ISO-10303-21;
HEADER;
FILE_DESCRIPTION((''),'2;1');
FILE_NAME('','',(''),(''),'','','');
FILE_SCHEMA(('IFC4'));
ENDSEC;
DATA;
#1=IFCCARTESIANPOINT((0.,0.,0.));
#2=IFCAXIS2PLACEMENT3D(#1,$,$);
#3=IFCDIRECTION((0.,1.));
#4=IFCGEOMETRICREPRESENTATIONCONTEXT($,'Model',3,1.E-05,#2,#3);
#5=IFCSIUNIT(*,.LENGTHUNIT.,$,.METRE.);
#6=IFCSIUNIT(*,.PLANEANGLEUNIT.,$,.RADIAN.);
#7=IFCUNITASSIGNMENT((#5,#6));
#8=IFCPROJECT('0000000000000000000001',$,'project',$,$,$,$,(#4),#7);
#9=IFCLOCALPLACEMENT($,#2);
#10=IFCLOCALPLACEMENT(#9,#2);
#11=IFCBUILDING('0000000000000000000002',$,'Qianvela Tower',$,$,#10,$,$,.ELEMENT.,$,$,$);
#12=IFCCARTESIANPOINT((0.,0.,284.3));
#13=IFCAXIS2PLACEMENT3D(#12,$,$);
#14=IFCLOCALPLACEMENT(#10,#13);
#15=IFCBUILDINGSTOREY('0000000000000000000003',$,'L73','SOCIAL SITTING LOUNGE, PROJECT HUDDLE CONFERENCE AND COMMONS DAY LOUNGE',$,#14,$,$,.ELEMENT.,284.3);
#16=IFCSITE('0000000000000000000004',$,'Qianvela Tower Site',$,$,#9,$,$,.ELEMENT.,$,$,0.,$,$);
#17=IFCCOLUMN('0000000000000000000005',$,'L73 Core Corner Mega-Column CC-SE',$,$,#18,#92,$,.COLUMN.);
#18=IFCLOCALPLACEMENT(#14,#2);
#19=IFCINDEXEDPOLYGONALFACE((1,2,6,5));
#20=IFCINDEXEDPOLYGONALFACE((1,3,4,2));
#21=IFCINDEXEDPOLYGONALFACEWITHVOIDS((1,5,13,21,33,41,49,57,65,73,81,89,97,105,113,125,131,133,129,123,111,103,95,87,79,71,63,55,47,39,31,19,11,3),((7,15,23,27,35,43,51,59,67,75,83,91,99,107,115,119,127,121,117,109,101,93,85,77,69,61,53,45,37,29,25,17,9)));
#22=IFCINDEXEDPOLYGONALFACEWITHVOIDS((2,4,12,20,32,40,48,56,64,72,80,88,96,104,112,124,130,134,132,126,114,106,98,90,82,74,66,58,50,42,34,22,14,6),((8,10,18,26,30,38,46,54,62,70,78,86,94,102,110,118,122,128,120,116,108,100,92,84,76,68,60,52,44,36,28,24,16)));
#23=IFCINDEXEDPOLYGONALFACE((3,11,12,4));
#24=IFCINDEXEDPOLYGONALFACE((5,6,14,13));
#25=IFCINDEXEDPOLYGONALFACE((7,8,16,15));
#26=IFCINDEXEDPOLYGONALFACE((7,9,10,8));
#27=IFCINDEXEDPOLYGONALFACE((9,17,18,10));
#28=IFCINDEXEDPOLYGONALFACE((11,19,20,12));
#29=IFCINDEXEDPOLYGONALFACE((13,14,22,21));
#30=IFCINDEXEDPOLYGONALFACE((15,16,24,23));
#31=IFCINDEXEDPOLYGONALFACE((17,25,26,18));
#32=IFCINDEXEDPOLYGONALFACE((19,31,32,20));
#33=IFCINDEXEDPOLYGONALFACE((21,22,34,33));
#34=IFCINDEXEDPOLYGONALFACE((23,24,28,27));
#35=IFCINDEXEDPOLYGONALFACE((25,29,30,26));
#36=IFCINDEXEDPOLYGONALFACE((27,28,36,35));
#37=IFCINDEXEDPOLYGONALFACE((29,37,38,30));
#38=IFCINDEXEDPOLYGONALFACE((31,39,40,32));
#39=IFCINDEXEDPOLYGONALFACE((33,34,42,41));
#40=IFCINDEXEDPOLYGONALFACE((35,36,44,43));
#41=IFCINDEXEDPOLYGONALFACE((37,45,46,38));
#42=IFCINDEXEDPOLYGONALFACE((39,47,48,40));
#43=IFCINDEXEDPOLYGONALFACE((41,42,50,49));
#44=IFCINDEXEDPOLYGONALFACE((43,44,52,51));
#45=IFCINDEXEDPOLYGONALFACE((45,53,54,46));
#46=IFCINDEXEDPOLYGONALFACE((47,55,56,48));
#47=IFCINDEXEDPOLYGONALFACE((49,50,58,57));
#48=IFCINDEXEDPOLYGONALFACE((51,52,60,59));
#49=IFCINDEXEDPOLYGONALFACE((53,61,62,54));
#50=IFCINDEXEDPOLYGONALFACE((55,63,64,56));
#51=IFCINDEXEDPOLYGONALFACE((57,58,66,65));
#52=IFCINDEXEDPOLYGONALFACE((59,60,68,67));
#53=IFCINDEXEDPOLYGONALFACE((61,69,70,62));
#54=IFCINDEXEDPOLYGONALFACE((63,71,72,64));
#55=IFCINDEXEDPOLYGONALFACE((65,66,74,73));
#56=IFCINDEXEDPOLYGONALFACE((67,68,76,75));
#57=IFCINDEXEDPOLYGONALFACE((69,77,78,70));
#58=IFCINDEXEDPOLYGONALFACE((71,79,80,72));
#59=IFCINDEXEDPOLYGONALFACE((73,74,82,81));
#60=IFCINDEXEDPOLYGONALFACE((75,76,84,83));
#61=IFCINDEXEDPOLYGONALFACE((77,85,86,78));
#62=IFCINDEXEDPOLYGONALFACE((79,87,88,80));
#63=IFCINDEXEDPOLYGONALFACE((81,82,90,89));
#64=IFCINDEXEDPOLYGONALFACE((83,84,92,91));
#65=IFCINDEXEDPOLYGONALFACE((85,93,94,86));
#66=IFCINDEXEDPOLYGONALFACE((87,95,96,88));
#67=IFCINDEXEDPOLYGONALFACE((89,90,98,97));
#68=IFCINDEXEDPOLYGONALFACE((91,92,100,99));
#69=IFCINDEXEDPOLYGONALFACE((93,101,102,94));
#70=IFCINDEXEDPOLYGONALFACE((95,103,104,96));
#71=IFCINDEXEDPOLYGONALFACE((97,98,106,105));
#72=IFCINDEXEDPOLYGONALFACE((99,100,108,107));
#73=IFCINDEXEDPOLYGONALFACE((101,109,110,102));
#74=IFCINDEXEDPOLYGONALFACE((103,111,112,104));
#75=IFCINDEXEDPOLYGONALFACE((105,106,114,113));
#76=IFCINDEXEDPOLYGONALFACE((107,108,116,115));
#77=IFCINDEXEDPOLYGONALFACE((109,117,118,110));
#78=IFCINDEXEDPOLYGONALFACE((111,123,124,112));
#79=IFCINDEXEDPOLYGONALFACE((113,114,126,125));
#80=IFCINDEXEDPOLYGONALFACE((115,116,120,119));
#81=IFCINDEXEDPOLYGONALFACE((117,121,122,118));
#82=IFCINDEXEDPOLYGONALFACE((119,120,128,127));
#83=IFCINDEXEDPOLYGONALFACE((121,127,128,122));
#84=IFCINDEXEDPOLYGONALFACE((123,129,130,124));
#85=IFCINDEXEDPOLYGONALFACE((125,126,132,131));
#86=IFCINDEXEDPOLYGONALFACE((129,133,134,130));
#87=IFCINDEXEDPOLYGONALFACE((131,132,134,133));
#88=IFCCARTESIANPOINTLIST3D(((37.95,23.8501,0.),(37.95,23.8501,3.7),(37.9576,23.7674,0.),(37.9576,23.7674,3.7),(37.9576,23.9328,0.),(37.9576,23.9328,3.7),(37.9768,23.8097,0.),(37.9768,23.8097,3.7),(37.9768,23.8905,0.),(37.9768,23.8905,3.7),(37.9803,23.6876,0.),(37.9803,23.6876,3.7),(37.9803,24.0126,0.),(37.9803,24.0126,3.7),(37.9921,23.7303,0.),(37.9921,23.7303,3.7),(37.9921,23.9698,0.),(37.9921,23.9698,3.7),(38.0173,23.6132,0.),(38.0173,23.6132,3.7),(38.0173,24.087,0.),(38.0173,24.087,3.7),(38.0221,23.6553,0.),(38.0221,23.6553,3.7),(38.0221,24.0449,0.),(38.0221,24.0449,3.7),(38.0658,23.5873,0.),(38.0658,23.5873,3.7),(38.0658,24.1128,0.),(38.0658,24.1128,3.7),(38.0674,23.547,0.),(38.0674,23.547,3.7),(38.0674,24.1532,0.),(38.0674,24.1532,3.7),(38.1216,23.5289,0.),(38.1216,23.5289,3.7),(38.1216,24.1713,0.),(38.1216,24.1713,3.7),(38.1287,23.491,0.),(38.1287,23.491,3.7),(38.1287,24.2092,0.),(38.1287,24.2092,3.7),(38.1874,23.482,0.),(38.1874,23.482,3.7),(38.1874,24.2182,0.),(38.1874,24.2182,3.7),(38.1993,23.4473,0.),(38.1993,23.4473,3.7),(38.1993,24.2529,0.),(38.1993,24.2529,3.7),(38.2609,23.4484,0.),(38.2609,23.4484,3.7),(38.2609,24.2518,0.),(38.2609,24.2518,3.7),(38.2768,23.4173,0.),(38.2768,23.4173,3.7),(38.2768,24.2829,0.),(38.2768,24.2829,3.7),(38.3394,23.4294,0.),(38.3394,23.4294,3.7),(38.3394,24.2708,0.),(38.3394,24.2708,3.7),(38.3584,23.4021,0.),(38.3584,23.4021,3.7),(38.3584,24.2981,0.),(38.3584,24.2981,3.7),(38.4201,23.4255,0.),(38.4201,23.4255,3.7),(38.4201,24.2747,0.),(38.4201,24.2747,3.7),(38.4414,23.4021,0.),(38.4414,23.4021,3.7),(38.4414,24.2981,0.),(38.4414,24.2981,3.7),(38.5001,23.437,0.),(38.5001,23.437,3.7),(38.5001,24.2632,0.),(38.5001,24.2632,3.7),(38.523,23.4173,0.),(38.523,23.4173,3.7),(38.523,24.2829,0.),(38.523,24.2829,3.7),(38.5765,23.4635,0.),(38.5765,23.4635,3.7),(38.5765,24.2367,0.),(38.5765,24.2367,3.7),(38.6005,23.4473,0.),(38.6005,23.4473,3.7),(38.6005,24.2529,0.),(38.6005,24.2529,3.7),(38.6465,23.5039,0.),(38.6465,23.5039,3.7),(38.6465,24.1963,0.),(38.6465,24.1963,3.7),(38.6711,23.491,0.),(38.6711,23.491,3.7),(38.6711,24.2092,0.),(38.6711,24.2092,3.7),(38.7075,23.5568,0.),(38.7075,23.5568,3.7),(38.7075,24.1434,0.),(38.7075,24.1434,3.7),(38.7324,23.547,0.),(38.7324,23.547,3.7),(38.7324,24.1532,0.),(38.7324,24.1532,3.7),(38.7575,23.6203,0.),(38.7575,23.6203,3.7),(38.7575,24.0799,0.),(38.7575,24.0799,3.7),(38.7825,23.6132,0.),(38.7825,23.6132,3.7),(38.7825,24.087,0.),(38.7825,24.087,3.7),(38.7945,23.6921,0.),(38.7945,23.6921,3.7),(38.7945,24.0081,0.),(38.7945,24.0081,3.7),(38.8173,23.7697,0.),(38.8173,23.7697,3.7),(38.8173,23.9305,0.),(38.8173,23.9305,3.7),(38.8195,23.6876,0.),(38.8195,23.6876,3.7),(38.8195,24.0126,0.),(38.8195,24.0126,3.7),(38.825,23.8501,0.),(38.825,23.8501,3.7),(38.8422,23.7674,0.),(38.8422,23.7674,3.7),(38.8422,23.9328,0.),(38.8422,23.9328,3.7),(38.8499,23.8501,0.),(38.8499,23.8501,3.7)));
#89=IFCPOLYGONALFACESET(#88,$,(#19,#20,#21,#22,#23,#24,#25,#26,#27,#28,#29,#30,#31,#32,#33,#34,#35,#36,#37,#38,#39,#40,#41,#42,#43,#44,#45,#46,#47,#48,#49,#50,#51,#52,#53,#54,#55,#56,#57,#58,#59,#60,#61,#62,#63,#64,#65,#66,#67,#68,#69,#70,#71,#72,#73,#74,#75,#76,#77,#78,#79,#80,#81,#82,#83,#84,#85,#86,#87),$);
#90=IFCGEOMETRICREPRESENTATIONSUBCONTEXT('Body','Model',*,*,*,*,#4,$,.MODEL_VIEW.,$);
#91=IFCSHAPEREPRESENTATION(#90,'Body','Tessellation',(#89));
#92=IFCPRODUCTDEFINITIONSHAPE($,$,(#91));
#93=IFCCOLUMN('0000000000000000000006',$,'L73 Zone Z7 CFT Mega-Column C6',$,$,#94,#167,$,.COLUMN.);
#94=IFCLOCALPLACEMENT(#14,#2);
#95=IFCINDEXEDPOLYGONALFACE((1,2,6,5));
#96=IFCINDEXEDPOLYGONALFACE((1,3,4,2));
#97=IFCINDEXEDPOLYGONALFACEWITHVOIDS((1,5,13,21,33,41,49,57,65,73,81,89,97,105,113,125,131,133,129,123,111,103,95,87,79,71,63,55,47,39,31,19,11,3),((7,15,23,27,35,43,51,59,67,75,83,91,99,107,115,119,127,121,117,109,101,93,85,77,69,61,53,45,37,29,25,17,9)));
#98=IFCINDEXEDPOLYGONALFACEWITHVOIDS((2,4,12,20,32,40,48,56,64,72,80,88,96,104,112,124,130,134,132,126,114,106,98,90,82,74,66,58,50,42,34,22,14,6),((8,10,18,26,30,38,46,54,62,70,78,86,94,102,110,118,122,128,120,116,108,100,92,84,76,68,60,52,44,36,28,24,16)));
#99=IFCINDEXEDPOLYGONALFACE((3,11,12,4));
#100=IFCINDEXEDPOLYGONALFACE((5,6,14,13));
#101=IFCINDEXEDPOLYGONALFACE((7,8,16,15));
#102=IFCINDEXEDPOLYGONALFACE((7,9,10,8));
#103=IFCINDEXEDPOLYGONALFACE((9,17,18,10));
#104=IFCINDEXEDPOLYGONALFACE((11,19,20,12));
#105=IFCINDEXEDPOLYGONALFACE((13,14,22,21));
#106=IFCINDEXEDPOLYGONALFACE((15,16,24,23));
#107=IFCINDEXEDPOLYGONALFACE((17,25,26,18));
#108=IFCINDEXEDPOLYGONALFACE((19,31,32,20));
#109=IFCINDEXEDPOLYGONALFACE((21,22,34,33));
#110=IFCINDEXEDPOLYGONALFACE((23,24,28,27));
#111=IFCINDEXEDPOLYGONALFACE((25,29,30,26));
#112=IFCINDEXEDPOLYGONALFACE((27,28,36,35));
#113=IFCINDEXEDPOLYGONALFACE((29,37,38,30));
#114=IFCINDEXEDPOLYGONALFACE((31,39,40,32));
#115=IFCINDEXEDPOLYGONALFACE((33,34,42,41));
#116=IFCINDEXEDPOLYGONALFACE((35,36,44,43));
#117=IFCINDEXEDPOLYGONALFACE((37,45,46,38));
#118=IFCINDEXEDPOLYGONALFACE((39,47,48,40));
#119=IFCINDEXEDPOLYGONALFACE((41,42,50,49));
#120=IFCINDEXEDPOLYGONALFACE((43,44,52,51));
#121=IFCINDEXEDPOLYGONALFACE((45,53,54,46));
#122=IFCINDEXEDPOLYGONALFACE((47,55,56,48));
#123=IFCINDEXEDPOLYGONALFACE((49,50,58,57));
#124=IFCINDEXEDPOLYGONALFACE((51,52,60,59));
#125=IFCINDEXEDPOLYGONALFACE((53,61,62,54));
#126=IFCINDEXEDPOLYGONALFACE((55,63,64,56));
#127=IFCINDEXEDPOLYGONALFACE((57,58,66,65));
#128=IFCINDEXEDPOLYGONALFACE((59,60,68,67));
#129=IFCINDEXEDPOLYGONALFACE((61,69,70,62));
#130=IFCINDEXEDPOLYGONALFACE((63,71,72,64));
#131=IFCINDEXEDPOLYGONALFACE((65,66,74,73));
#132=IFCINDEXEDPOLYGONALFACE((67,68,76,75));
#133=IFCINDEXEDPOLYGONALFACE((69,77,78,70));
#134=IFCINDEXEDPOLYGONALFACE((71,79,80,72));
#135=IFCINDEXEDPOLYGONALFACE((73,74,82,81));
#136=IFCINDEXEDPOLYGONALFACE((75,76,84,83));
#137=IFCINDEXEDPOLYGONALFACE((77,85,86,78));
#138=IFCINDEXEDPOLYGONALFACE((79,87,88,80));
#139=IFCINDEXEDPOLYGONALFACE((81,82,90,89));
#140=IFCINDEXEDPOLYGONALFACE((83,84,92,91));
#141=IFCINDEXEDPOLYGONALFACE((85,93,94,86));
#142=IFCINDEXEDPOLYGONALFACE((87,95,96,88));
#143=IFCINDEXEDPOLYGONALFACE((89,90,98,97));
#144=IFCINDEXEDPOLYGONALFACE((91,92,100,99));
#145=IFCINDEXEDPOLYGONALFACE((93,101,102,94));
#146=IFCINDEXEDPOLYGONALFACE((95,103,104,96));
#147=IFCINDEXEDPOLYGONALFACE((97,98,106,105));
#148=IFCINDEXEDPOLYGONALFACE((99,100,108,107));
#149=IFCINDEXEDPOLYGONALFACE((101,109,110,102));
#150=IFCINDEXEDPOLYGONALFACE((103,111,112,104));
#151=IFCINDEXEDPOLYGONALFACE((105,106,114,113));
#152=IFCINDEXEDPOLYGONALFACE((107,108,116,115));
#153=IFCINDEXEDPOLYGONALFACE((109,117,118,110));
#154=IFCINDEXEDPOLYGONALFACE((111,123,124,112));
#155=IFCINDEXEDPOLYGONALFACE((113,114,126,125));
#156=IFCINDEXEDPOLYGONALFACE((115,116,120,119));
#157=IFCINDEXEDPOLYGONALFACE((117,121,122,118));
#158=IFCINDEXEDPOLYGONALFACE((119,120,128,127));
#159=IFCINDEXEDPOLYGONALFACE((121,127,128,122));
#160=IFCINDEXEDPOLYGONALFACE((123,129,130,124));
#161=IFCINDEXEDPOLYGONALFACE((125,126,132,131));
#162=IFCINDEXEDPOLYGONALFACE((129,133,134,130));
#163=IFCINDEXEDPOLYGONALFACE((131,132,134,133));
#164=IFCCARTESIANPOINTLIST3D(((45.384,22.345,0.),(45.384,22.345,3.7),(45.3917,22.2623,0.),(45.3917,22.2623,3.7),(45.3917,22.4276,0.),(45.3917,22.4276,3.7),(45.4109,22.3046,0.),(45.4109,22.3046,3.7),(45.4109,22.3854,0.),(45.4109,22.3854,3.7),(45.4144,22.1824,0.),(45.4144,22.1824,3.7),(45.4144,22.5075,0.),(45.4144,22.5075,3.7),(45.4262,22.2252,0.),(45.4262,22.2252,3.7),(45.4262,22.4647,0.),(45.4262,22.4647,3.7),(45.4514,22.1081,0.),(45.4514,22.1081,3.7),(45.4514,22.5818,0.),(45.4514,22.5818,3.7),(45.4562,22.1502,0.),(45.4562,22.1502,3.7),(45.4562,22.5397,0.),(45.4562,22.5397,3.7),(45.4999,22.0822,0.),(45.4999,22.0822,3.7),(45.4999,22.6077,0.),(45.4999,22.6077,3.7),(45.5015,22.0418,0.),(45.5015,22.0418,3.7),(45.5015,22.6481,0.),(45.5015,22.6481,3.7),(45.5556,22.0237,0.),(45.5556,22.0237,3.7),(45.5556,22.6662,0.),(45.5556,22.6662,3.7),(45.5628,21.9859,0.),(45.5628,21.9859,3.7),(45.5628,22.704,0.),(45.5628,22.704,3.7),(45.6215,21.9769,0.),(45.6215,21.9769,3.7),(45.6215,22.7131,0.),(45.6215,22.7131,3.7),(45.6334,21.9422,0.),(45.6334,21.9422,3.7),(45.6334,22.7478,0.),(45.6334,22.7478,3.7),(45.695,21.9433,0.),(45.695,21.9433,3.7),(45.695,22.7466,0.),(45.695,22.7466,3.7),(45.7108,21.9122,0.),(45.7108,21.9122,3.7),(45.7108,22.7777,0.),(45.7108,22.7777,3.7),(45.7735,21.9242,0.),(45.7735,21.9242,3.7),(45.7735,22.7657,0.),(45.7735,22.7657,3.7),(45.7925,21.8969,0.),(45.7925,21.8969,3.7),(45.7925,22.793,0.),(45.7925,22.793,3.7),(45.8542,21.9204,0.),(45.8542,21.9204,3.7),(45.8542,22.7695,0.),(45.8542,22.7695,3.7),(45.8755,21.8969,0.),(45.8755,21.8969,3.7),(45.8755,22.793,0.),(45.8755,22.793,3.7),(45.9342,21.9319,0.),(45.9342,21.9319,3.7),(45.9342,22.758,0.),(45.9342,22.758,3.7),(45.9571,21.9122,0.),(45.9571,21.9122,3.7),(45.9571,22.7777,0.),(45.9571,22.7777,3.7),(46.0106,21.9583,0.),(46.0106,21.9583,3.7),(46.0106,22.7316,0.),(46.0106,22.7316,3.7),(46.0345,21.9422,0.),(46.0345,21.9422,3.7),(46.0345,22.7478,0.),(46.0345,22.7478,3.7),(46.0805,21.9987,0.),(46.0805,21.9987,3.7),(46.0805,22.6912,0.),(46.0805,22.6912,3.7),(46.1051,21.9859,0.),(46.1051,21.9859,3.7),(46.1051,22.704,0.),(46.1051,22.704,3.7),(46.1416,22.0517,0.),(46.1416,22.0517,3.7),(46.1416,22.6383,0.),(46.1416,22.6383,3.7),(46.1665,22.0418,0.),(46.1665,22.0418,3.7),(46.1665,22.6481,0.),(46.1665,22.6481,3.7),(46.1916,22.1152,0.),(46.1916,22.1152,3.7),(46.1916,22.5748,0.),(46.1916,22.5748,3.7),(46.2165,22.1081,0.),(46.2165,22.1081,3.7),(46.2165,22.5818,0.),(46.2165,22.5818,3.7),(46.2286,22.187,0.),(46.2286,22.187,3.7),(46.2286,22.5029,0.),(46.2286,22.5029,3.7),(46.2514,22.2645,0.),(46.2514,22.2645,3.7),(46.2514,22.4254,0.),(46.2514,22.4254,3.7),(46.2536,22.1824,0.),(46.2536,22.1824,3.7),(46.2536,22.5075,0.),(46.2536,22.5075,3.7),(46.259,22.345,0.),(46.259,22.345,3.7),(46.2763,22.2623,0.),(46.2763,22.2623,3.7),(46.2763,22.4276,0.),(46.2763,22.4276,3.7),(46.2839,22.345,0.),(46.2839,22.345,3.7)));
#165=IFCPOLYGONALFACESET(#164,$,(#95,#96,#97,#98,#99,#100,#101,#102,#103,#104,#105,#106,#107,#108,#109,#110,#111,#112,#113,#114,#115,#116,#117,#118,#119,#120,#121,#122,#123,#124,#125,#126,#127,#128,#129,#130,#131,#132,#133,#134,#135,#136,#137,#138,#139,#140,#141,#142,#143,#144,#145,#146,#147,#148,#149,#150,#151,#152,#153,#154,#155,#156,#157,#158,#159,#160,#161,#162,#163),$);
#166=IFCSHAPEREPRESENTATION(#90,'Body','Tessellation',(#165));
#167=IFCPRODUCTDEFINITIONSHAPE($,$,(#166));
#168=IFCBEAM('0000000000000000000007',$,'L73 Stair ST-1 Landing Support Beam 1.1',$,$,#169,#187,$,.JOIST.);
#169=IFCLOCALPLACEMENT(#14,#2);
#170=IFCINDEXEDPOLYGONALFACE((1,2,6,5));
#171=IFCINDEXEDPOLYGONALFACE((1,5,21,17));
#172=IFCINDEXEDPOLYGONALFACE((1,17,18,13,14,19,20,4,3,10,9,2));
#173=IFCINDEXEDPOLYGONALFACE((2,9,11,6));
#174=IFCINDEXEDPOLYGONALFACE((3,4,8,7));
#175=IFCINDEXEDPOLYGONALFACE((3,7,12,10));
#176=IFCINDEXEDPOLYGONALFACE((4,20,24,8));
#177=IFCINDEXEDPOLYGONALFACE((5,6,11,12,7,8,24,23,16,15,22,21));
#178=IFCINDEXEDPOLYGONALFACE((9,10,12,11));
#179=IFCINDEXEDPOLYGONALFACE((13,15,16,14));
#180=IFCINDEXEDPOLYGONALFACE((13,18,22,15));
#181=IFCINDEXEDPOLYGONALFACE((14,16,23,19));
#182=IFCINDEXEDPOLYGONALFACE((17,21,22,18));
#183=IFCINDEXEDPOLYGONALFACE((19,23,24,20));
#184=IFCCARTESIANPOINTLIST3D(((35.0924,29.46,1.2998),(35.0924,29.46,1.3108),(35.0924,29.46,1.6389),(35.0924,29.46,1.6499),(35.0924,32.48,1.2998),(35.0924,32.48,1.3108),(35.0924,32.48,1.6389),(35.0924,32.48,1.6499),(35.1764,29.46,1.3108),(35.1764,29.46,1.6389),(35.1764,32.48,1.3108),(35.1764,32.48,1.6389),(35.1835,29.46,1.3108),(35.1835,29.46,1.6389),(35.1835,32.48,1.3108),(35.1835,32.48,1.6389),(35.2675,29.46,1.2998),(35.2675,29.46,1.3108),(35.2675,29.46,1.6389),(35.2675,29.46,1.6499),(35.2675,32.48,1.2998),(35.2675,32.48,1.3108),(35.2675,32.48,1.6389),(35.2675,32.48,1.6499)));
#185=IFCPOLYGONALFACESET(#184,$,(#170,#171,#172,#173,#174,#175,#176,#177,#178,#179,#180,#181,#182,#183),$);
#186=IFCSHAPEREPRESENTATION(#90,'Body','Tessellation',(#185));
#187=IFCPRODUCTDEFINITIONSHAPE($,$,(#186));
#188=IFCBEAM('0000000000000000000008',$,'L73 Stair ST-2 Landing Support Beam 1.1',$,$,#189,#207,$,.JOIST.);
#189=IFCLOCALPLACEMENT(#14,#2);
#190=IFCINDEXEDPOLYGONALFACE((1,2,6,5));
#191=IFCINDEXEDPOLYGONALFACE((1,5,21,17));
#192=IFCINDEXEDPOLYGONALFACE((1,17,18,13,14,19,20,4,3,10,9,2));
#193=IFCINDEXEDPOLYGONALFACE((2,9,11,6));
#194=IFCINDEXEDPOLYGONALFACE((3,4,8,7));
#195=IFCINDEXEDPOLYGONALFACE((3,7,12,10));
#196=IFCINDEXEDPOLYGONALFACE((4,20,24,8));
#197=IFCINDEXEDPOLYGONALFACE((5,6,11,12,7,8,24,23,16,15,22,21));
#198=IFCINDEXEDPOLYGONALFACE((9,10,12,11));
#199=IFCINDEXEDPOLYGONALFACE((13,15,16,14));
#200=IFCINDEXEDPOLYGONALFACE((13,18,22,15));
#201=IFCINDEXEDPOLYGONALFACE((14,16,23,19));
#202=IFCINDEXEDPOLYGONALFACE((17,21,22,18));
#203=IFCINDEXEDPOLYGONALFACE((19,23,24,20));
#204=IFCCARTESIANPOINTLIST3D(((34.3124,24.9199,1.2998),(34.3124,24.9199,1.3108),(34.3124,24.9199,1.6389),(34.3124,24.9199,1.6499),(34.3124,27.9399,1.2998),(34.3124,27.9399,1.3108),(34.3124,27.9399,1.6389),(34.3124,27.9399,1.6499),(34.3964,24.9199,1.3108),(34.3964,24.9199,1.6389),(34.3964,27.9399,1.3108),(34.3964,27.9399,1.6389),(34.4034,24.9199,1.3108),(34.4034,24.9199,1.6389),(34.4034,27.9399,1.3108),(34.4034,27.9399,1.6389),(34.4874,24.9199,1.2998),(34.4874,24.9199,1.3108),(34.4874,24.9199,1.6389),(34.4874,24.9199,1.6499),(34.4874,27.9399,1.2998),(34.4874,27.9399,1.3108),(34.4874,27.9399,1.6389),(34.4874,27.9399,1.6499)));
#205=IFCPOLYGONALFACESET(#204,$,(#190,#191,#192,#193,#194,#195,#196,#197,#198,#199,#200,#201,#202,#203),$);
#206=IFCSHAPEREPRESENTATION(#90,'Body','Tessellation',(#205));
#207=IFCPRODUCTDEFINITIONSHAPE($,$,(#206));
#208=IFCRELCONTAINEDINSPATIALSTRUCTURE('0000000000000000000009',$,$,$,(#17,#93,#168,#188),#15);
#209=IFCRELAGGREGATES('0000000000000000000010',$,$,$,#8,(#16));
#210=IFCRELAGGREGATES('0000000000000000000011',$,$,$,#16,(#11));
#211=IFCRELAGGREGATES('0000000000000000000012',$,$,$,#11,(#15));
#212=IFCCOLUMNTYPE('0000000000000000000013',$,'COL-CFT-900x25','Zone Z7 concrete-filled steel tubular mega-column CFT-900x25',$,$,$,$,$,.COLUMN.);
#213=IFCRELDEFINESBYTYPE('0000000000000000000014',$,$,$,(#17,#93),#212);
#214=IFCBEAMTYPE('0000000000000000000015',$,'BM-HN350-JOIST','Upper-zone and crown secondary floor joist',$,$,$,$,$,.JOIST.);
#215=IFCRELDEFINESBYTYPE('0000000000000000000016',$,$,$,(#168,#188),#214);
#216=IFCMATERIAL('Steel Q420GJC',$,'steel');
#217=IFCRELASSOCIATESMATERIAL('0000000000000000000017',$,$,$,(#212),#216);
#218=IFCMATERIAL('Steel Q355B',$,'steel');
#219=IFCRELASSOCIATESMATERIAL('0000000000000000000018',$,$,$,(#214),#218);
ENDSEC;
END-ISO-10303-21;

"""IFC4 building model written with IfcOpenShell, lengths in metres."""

from ifc_helpers import new_model, si_unit, direction, frame, origin, origin_2d, place, context, subcontext, project, spatial, hollow_circle, i_section, extrude, material, material_profile, profile_set, type_object, element, save


model = new_model("IFC4")

# Units and contexts
model_context = context("Model", 3, precision=1e-05, world=origin(), true_north=direction((0.0, 1.0)))
body_context = subcontext(model_context, "Body", "Model", "MODEL_VIEW")
ifc_project = project(units=[si_unit("LENGTHUNIT", "METRE"), si_unit("PLANEANGLEUNIT", "RADIAN")], contexts=[model_context])

# Site, building, storey
site_placement = place(None, origin())
site = spatial("IfcSite", under=ifc_project, at=site_placement, Name="Qianvela Tower Site", CompositionType="ELEMENT", RefElevation=0.0)
building_placement = place(site_placement, origin())
building = spatial("IfcBuilding", under=site, at=building_placement, Name="Qianvela Tower", CompositionType="ELEMENT")
storey_placement = place(building_placement, frame((0.0, 0.0, 284.3)))
storey = spatial("IfcBuildingStorey", under=building, at=storey_placement, Name="L73", Description="SOCIAL SITTING LOUNGE, PROJECT HUDDLE CONFERENCE AND COMMONS DAY LOUNGE", CompositionType="ELEMENT", Elevation=284.3)

# Columns
ifc_material_1 = material(Name="Steel Q420GJC", Category="steel")
ifc_material_profile_1 = material_profile(ifc_material_1, hollow_circle(Radius=0.45, WallThickness=0.0249, at=origin_2d()), Name="CFT-900x25")
ifc_profile_set_1 = profile_set([ifc_material_profile_1], Name="Steel Q420GJC")
column_type = type_object("IfcColumnType", Name="COL-CFT-900x25", Description="Zone Z7 concrete-filled steel tubular mega-column CFT-900x25", PredefinedType="COLUMN", material=ifc_profile_set_1)
for number, where, z_axis, x_axis, name in (
    (1, (38.3999, 23.8501, 0.0), (0.0, 0.0, 1.0), (1.0, 0.0, 0.0), "L73 Core Corner Mega-Column CC-SE"),
    (2, (45.834, 22.345, 0.0), (0.0, 0.0, 1.0), (1.0, 0.0, 0.0), "L73 Zone Z7 CFT Mega-Column C6"),
):
    element("IfcColumn", number, at=place(storey_placement, frame(where, z_axis=z_axis, x_axis=x_axis)), inside=storey, type_object=column_type, Name=name, PredefinedType="COLUMN", context=body_context, shape_type="SweptSolid", body=[
        extrude(hollow_circle(Radius=0.45, WallThickness=0.0249, at=origin_2d()), origin(), (0.0, 0.0, 1.0), 3.7),
    ])

# Beams
ifc_material_2 = material(Name="Steel Q355B", Category="steel")
ifc_material_profile_2 = material_profile(ifc_material_2, i_section(OverallWidth=0.175, OverallDepth=0.3501, WebThickness=0.0071, FlangeThickness=0.011, at=origin_2d()), Name="HN350x175x7x11")
ifc_profile_set_2 = profile_set([ifc_material_profile_2], Name="Steel Q355B")
beam_type_1 = type_object("IfcBeamType", Name="BM-HN350-JOIST", Description="Upper-zone and crown secondary floor joist", PredefinedType="JOIST", material=ifc_profile_set_2)
for number, where, z_axis, x_axis, name in (
    (3, (35.1799, 29.46, 1.4749), (0.0, 1.0, 0.0), (-1.0, 0.0, 0.0), "L73 Stair ST-1 Landing Support Beam 1.1"),
    (4, (34.3999, 24.9199, 1.4749), (0.0, 1.0, 0.0), (-1.0, 0.0, 0.0), "L73 Stair ST-2 Landing Support Beam 1.1"),
):
    element("IfcBeam", number, at=place(storey_placement, frame(where, z_axis=z_axis, x_axis=x_axis)), inside=storey, type_object=beam_type_1, Name=name, PredefinedType="JOIST", context=body_context, shape_type="SweptSolid", body=[
        extrude(i_section(OverallWidth=0.175, OverallDepth=0.3501, WebThickness=0.0071, FlangeThickness=0.011, at=origin_2d()), origin(), (0.0, 0.0, 1.0), 3.02),
    ])

save(model, "model.ifc")
